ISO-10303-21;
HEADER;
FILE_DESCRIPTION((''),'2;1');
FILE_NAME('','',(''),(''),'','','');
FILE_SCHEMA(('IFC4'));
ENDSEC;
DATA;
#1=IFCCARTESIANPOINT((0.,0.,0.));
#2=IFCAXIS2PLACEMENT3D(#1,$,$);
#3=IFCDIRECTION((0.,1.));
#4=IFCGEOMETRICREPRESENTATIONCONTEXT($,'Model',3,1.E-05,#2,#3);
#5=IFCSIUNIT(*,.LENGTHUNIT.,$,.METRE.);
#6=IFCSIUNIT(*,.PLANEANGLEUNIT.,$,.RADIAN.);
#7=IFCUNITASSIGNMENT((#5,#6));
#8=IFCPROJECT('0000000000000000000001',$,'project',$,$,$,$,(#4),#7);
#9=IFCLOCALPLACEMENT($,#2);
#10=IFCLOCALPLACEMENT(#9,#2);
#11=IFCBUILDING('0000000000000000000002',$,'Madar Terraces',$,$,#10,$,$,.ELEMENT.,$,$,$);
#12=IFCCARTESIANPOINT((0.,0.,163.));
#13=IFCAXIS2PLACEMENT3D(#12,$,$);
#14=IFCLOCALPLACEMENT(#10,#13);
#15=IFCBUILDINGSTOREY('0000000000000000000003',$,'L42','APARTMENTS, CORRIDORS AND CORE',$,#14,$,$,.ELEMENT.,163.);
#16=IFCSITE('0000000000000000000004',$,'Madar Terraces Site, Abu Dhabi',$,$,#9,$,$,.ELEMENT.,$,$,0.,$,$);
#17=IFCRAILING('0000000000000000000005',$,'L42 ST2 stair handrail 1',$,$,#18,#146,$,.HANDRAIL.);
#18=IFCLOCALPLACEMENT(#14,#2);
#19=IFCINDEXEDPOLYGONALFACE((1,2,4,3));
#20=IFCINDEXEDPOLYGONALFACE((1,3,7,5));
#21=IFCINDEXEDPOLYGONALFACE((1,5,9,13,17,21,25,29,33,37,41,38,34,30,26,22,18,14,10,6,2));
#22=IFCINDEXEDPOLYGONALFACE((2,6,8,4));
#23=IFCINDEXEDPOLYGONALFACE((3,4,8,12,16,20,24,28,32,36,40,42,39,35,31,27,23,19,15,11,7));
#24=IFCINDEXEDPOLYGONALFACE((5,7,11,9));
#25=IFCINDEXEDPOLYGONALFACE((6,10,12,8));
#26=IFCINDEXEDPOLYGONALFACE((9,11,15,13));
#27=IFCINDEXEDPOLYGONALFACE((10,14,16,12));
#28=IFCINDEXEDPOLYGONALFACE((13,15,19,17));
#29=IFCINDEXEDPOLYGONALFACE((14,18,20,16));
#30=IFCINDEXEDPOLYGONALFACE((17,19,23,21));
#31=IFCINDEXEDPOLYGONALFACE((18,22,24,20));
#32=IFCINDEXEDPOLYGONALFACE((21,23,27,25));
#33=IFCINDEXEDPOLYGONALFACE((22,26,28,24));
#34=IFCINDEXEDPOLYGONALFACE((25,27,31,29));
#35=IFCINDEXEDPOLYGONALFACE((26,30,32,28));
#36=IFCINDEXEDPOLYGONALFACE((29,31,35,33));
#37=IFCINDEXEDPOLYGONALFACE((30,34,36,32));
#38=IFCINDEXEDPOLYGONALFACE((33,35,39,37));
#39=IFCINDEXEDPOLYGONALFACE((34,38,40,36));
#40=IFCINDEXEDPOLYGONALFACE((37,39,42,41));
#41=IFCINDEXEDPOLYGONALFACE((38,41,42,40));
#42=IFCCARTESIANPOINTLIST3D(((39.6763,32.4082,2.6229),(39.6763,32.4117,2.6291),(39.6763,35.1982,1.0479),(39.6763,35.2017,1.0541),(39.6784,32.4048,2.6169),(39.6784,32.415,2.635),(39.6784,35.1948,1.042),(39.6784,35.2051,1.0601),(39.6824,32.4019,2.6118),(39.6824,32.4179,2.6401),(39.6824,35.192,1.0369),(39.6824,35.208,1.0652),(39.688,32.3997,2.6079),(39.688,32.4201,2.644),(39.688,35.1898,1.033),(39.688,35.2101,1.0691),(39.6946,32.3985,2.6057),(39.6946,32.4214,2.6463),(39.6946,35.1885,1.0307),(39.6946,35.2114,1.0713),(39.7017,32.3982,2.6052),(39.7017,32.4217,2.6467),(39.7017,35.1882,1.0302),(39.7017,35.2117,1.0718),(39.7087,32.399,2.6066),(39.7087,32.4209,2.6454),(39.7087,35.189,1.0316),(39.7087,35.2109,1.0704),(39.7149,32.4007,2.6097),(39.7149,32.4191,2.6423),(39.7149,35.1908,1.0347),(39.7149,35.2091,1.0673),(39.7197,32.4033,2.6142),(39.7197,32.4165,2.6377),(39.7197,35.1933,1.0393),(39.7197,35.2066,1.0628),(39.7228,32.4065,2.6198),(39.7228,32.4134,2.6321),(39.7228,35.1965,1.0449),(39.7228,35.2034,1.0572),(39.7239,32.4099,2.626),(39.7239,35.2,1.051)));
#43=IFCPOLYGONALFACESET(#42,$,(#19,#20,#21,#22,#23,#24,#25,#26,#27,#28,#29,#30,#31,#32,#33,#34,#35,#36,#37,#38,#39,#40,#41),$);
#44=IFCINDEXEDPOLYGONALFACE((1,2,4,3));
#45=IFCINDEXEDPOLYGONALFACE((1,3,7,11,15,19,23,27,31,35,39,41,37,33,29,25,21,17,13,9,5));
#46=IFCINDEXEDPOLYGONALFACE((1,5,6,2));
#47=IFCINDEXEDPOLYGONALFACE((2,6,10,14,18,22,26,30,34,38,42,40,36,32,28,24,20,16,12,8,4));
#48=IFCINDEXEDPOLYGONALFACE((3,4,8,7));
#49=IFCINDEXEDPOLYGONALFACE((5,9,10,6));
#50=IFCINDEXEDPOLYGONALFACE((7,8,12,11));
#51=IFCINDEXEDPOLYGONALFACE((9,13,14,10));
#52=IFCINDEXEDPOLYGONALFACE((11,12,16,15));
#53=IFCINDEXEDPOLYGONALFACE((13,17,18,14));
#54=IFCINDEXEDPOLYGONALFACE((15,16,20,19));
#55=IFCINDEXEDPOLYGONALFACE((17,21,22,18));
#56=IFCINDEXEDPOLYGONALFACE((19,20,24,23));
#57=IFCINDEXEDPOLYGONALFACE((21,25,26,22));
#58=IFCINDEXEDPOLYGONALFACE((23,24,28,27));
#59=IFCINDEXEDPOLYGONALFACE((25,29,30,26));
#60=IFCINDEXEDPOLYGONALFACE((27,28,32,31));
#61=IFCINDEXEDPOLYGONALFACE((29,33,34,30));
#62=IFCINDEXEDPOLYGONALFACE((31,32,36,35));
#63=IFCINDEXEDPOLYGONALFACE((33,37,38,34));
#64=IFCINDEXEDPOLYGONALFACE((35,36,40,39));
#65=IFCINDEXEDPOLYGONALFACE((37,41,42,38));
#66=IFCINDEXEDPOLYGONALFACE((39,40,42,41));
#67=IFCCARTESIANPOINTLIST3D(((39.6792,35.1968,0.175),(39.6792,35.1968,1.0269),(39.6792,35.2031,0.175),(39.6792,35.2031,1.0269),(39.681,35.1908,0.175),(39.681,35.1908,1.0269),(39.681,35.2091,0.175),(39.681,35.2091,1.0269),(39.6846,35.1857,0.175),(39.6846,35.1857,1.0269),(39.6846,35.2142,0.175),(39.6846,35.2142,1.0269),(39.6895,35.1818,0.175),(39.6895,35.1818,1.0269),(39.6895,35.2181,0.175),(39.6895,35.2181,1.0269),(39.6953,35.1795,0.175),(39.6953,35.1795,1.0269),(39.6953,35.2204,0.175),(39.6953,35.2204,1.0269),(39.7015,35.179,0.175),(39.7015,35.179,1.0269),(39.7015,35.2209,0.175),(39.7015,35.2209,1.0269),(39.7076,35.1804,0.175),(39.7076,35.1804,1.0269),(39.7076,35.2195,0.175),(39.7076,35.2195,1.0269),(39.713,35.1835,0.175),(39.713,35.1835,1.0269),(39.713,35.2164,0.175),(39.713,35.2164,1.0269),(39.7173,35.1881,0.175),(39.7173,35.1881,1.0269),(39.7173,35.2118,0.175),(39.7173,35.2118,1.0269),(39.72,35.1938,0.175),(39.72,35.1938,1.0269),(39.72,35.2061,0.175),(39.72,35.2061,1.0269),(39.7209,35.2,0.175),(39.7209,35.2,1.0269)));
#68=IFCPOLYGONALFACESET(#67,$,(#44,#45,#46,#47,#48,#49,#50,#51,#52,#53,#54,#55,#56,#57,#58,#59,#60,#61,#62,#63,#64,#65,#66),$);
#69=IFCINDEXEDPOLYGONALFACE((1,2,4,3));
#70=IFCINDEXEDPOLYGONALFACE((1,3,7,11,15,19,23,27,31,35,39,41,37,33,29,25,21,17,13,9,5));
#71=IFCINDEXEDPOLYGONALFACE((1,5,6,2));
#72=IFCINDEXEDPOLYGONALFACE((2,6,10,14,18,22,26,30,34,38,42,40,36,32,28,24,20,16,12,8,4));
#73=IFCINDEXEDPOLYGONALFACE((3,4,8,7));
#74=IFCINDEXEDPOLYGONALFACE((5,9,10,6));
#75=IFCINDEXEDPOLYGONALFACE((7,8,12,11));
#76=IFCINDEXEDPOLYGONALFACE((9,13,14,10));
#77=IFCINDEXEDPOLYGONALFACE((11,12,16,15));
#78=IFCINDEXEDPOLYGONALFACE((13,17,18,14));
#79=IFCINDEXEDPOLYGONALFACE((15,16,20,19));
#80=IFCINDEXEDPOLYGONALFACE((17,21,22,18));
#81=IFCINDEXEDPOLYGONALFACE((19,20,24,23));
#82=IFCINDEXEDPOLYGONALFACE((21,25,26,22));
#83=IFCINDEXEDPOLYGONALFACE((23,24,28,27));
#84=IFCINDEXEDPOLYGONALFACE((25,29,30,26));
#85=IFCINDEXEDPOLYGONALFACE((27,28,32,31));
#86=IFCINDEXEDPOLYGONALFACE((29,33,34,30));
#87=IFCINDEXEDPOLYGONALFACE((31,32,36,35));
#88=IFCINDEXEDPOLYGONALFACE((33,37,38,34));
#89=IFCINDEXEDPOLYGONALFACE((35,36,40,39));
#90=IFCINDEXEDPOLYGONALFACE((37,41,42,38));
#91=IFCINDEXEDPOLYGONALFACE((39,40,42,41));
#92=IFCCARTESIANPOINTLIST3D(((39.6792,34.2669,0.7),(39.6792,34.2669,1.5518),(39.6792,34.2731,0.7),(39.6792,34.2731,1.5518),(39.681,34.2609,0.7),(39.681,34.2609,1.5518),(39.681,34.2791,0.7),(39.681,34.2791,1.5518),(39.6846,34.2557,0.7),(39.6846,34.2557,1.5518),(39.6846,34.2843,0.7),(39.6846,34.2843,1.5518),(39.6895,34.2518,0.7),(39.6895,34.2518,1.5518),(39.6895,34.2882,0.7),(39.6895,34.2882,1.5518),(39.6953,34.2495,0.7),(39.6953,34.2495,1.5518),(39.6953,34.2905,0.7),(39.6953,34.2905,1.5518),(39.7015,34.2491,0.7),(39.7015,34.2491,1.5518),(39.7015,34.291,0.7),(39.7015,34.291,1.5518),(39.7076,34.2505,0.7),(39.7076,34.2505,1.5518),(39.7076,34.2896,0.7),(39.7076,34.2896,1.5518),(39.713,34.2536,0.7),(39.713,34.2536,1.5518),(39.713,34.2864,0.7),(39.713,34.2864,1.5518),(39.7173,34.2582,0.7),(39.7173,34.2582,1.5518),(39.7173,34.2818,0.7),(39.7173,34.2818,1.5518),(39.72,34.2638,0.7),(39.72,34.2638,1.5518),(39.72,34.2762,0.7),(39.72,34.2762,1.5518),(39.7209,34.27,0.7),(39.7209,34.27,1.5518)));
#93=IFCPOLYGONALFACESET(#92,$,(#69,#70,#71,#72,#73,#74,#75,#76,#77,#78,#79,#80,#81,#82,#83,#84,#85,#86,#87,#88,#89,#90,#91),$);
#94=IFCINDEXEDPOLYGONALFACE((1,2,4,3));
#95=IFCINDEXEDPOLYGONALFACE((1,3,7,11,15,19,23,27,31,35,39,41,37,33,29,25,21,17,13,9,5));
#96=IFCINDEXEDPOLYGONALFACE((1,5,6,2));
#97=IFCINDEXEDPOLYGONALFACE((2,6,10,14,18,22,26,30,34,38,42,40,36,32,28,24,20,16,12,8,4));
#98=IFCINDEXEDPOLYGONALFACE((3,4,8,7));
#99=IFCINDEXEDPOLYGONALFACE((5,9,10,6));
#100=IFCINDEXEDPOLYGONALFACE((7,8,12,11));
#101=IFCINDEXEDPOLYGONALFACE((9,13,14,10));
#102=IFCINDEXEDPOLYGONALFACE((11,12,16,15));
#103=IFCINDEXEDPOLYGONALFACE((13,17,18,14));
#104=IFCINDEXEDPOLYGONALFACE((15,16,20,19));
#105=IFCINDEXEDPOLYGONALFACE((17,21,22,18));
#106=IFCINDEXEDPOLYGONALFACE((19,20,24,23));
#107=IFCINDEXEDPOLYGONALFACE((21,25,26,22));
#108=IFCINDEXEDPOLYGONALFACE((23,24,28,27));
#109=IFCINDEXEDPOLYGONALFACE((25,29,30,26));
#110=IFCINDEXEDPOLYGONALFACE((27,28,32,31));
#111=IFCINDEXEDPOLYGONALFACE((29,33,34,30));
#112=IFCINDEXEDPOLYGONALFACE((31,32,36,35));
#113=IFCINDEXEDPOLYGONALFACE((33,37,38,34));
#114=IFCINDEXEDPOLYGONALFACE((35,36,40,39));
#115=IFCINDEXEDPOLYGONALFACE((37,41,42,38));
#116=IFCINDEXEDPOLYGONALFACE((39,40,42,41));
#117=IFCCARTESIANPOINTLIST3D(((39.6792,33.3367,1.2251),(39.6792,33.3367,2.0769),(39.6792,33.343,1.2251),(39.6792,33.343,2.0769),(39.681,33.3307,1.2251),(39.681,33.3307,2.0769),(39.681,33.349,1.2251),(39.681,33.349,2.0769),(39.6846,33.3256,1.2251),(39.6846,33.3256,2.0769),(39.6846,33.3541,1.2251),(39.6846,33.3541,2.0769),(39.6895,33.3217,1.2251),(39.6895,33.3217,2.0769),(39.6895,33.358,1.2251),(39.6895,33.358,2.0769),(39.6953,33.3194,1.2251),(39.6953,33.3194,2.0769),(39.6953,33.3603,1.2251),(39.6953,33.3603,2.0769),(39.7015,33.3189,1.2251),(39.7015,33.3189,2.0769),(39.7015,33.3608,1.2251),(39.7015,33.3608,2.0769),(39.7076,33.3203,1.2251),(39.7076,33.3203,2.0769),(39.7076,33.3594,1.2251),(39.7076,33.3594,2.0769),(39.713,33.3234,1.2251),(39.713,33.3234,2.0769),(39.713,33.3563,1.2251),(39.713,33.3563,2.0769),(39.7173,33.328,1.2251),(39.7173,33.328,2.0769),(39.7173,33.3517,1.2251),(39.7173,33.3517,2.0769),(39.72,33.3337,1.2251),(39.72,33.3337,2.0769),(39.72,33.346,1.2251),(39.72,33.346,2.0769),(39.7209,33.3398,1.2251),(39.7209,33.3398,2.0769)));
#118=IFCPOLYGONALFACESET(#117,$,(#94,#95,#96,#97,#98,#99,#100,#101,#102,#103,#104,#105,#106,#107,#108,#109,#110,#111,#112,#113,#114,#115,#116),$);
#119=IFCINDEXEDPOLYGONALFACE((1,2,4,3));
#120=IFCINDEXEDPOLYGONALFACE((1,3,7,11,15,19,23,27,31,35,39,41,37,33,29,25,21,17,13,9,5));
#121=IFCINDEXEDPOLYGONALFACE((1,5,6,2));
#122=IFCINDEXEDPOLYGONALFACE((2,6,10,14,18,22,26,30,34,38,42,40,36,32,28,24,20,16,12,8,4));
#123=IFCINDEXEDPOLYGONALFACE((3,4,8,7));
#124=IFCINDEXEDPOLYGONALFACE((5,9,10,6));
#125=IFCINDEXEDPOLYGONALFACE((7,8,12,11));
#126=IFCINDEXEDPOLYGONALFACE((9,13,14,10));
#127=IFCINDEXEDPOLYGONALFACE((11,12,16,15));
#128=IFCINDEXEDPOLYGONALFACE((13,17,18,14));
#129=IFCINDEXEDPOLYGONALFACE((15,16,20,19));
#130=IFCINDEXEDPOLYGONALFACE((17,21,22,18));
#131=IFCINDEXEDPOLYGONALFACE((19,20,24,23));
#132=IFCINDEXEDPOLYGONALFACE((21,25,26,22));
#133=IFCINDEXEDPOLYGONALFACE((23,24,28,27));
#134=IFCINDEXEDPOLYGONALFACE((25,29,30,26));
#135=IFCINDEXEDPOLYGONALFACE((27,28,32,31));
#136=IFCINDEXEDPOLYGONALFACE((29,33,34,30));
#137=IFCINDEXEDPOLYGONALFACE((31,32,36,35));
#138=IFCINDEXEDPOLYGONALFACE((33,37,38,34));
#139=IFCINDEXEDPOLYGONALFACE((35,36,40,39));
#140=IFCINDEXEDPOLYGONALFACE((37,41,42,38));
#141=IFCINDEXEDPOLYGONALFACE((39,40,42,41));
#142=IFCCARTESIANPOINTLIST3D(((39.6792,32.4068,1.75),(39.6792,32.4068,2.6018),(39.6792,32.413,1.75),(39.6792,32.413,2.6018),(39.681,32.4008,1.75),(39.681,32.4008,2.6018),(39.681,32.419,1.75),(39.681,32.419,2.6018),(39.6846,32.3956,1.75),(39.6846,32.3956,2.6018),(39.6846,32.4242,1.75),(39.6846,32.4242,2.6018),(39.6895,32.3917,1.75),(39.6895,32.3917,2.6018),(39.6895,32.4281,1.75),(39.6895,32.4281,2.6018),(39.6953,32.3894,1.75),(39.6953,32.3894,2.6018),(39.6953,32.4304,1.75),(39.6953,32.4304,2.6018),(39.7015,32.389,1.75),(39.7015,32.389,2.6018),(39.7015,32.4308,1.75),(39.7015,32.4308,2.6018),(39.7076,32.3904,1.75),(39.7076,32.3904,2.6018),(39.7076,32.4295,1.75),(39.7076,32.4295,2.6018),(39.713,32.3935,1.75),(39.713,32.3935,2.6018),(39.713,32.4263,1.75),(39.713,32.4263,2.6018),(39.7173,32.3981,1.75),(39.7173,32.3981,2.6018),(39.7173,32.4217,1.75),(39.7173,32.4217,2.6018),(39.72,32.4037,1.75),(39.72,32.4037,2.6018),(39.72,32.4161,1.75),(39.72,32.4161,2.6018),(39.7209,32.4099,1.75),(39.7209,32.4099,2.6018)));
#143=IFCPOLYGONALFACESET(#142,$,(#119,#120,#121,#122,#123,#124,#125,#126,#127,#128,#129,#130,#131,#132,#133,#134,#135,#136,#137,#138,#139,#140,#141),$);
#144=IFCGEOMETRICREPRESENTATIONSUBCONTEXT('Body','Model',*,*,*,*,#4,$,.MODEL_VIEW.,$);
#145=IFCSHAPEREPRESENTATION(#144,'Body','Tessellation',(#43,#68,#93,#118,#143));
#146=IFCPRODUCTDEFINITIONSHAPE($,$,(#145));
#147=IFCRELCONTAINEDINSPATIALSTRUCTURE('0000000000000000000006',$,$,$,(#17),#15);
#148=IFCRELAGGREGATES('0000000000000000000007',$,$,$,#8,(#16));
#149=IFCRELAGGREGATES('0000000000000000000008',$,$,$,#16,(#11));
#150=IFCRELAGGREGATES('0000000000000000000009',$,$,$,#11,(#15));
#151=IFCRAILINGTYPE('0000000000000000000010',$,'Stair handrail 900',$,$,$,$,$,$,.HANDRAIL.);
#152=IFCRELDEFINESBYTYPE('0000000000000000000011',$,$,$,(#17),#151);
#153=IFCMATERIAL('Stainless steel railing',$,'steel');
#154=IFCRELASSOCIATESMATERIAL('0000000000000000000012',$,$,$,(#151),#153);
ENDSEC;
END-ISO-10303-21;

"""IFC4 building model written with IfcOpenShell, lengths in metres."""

from ifc_helpers import new_model, si_unit, direction, frame, origin, origin_2d, place, context, subcontext, project, spatial, circle, extrude, material, type_object, element, save


model = new_model("IFC4")

# Units and contexts
model_context = context("Model", 3, precision=1e-05, world=origin(), true_north=direction((0.0, 1.0)))
body_context = subcontext(model_context, "Body", "Model", "MODEL_VIEW")
ifc_project = project(units=[si_unit("LENGTHUNIT", "METRE"), si_unit("PLANEANGLEUNIT", "RADIAN")], contexts=[model_context])

# Site, building, storey
site_placement = place(None, origin())
site = spatial("IfcSite", under=ifc_project, at=site_placement, Name="Madar Terraces Site, Abu Dhabi", CompositionType="ELEMENT", RefElevation=0.0)
building_placement = place(site_placement, origin())
building = spatial("IfcBuilding", under=site, at=building_placement, Name="Madar Terraces", CompositionType="ELEMENT")
storey_placement = place(building_placement, frame((0.0, 0.0, 163.0)))
storey = spatial("IfcBuildingStorey", under=building, at=storey_placement, Name="L42", Description="APARTMENTS, CORRIDORS AND CORE", CompositionType="ELEMENT", Elevation=163.0)

# Railing
ifc_material_1 = material(Name="Stainless steel railing", Category="steel")
railing_type_1 = type_object("IfcRailingType", Name="Stair handrail 900", PredefinedType="HANDRAIL", material=ifc_material_1)
railing_1_placement = place(storey_placement, frame((39.7, 35.2, 0.175)))
element("IfcRailing", 1, at=railing_1_placement, inside=storey, type_object=railing_type_1, Name="L42 ST2 stair handrail 1", PredefinedType="HANDRAIL", context=body_context, shape_type="SweptSolid", body=[
    extrude(circle(Radius=0.0239, at=origin_2d()), frame((0.0, 0.0, 0.876), z_axis=(0.0, -0.870834, 0.491578), x_axis=(1.0, 0.0, 0.0)), (0.0, 0.0, 1.0), 3.2039),
    extrude(circle(Radius=0.021, at=origin_2d()), origin(), (0.0, 0.0, 1.0), 0.8518),
    extrude(circle(Radius=0.021, at=origin_2d()), frame((0.0, -0.9299, 0.5249)), (0.0, 0.0, 1.0), 0.8518),
    extrude(circle(Radius=0.021, at=origin_2d()), frame((0.0, -1.8601, 1.05)), (0.0, 0.0, 1.0), 0.8518),
    extrude(circle(Radius=0.021, at=origin_2d()), frame((0.0, -2.79, 1.575)), (0.0, 0.0, 1.0), 0.8518),
])

save(model, "model.ifc")
